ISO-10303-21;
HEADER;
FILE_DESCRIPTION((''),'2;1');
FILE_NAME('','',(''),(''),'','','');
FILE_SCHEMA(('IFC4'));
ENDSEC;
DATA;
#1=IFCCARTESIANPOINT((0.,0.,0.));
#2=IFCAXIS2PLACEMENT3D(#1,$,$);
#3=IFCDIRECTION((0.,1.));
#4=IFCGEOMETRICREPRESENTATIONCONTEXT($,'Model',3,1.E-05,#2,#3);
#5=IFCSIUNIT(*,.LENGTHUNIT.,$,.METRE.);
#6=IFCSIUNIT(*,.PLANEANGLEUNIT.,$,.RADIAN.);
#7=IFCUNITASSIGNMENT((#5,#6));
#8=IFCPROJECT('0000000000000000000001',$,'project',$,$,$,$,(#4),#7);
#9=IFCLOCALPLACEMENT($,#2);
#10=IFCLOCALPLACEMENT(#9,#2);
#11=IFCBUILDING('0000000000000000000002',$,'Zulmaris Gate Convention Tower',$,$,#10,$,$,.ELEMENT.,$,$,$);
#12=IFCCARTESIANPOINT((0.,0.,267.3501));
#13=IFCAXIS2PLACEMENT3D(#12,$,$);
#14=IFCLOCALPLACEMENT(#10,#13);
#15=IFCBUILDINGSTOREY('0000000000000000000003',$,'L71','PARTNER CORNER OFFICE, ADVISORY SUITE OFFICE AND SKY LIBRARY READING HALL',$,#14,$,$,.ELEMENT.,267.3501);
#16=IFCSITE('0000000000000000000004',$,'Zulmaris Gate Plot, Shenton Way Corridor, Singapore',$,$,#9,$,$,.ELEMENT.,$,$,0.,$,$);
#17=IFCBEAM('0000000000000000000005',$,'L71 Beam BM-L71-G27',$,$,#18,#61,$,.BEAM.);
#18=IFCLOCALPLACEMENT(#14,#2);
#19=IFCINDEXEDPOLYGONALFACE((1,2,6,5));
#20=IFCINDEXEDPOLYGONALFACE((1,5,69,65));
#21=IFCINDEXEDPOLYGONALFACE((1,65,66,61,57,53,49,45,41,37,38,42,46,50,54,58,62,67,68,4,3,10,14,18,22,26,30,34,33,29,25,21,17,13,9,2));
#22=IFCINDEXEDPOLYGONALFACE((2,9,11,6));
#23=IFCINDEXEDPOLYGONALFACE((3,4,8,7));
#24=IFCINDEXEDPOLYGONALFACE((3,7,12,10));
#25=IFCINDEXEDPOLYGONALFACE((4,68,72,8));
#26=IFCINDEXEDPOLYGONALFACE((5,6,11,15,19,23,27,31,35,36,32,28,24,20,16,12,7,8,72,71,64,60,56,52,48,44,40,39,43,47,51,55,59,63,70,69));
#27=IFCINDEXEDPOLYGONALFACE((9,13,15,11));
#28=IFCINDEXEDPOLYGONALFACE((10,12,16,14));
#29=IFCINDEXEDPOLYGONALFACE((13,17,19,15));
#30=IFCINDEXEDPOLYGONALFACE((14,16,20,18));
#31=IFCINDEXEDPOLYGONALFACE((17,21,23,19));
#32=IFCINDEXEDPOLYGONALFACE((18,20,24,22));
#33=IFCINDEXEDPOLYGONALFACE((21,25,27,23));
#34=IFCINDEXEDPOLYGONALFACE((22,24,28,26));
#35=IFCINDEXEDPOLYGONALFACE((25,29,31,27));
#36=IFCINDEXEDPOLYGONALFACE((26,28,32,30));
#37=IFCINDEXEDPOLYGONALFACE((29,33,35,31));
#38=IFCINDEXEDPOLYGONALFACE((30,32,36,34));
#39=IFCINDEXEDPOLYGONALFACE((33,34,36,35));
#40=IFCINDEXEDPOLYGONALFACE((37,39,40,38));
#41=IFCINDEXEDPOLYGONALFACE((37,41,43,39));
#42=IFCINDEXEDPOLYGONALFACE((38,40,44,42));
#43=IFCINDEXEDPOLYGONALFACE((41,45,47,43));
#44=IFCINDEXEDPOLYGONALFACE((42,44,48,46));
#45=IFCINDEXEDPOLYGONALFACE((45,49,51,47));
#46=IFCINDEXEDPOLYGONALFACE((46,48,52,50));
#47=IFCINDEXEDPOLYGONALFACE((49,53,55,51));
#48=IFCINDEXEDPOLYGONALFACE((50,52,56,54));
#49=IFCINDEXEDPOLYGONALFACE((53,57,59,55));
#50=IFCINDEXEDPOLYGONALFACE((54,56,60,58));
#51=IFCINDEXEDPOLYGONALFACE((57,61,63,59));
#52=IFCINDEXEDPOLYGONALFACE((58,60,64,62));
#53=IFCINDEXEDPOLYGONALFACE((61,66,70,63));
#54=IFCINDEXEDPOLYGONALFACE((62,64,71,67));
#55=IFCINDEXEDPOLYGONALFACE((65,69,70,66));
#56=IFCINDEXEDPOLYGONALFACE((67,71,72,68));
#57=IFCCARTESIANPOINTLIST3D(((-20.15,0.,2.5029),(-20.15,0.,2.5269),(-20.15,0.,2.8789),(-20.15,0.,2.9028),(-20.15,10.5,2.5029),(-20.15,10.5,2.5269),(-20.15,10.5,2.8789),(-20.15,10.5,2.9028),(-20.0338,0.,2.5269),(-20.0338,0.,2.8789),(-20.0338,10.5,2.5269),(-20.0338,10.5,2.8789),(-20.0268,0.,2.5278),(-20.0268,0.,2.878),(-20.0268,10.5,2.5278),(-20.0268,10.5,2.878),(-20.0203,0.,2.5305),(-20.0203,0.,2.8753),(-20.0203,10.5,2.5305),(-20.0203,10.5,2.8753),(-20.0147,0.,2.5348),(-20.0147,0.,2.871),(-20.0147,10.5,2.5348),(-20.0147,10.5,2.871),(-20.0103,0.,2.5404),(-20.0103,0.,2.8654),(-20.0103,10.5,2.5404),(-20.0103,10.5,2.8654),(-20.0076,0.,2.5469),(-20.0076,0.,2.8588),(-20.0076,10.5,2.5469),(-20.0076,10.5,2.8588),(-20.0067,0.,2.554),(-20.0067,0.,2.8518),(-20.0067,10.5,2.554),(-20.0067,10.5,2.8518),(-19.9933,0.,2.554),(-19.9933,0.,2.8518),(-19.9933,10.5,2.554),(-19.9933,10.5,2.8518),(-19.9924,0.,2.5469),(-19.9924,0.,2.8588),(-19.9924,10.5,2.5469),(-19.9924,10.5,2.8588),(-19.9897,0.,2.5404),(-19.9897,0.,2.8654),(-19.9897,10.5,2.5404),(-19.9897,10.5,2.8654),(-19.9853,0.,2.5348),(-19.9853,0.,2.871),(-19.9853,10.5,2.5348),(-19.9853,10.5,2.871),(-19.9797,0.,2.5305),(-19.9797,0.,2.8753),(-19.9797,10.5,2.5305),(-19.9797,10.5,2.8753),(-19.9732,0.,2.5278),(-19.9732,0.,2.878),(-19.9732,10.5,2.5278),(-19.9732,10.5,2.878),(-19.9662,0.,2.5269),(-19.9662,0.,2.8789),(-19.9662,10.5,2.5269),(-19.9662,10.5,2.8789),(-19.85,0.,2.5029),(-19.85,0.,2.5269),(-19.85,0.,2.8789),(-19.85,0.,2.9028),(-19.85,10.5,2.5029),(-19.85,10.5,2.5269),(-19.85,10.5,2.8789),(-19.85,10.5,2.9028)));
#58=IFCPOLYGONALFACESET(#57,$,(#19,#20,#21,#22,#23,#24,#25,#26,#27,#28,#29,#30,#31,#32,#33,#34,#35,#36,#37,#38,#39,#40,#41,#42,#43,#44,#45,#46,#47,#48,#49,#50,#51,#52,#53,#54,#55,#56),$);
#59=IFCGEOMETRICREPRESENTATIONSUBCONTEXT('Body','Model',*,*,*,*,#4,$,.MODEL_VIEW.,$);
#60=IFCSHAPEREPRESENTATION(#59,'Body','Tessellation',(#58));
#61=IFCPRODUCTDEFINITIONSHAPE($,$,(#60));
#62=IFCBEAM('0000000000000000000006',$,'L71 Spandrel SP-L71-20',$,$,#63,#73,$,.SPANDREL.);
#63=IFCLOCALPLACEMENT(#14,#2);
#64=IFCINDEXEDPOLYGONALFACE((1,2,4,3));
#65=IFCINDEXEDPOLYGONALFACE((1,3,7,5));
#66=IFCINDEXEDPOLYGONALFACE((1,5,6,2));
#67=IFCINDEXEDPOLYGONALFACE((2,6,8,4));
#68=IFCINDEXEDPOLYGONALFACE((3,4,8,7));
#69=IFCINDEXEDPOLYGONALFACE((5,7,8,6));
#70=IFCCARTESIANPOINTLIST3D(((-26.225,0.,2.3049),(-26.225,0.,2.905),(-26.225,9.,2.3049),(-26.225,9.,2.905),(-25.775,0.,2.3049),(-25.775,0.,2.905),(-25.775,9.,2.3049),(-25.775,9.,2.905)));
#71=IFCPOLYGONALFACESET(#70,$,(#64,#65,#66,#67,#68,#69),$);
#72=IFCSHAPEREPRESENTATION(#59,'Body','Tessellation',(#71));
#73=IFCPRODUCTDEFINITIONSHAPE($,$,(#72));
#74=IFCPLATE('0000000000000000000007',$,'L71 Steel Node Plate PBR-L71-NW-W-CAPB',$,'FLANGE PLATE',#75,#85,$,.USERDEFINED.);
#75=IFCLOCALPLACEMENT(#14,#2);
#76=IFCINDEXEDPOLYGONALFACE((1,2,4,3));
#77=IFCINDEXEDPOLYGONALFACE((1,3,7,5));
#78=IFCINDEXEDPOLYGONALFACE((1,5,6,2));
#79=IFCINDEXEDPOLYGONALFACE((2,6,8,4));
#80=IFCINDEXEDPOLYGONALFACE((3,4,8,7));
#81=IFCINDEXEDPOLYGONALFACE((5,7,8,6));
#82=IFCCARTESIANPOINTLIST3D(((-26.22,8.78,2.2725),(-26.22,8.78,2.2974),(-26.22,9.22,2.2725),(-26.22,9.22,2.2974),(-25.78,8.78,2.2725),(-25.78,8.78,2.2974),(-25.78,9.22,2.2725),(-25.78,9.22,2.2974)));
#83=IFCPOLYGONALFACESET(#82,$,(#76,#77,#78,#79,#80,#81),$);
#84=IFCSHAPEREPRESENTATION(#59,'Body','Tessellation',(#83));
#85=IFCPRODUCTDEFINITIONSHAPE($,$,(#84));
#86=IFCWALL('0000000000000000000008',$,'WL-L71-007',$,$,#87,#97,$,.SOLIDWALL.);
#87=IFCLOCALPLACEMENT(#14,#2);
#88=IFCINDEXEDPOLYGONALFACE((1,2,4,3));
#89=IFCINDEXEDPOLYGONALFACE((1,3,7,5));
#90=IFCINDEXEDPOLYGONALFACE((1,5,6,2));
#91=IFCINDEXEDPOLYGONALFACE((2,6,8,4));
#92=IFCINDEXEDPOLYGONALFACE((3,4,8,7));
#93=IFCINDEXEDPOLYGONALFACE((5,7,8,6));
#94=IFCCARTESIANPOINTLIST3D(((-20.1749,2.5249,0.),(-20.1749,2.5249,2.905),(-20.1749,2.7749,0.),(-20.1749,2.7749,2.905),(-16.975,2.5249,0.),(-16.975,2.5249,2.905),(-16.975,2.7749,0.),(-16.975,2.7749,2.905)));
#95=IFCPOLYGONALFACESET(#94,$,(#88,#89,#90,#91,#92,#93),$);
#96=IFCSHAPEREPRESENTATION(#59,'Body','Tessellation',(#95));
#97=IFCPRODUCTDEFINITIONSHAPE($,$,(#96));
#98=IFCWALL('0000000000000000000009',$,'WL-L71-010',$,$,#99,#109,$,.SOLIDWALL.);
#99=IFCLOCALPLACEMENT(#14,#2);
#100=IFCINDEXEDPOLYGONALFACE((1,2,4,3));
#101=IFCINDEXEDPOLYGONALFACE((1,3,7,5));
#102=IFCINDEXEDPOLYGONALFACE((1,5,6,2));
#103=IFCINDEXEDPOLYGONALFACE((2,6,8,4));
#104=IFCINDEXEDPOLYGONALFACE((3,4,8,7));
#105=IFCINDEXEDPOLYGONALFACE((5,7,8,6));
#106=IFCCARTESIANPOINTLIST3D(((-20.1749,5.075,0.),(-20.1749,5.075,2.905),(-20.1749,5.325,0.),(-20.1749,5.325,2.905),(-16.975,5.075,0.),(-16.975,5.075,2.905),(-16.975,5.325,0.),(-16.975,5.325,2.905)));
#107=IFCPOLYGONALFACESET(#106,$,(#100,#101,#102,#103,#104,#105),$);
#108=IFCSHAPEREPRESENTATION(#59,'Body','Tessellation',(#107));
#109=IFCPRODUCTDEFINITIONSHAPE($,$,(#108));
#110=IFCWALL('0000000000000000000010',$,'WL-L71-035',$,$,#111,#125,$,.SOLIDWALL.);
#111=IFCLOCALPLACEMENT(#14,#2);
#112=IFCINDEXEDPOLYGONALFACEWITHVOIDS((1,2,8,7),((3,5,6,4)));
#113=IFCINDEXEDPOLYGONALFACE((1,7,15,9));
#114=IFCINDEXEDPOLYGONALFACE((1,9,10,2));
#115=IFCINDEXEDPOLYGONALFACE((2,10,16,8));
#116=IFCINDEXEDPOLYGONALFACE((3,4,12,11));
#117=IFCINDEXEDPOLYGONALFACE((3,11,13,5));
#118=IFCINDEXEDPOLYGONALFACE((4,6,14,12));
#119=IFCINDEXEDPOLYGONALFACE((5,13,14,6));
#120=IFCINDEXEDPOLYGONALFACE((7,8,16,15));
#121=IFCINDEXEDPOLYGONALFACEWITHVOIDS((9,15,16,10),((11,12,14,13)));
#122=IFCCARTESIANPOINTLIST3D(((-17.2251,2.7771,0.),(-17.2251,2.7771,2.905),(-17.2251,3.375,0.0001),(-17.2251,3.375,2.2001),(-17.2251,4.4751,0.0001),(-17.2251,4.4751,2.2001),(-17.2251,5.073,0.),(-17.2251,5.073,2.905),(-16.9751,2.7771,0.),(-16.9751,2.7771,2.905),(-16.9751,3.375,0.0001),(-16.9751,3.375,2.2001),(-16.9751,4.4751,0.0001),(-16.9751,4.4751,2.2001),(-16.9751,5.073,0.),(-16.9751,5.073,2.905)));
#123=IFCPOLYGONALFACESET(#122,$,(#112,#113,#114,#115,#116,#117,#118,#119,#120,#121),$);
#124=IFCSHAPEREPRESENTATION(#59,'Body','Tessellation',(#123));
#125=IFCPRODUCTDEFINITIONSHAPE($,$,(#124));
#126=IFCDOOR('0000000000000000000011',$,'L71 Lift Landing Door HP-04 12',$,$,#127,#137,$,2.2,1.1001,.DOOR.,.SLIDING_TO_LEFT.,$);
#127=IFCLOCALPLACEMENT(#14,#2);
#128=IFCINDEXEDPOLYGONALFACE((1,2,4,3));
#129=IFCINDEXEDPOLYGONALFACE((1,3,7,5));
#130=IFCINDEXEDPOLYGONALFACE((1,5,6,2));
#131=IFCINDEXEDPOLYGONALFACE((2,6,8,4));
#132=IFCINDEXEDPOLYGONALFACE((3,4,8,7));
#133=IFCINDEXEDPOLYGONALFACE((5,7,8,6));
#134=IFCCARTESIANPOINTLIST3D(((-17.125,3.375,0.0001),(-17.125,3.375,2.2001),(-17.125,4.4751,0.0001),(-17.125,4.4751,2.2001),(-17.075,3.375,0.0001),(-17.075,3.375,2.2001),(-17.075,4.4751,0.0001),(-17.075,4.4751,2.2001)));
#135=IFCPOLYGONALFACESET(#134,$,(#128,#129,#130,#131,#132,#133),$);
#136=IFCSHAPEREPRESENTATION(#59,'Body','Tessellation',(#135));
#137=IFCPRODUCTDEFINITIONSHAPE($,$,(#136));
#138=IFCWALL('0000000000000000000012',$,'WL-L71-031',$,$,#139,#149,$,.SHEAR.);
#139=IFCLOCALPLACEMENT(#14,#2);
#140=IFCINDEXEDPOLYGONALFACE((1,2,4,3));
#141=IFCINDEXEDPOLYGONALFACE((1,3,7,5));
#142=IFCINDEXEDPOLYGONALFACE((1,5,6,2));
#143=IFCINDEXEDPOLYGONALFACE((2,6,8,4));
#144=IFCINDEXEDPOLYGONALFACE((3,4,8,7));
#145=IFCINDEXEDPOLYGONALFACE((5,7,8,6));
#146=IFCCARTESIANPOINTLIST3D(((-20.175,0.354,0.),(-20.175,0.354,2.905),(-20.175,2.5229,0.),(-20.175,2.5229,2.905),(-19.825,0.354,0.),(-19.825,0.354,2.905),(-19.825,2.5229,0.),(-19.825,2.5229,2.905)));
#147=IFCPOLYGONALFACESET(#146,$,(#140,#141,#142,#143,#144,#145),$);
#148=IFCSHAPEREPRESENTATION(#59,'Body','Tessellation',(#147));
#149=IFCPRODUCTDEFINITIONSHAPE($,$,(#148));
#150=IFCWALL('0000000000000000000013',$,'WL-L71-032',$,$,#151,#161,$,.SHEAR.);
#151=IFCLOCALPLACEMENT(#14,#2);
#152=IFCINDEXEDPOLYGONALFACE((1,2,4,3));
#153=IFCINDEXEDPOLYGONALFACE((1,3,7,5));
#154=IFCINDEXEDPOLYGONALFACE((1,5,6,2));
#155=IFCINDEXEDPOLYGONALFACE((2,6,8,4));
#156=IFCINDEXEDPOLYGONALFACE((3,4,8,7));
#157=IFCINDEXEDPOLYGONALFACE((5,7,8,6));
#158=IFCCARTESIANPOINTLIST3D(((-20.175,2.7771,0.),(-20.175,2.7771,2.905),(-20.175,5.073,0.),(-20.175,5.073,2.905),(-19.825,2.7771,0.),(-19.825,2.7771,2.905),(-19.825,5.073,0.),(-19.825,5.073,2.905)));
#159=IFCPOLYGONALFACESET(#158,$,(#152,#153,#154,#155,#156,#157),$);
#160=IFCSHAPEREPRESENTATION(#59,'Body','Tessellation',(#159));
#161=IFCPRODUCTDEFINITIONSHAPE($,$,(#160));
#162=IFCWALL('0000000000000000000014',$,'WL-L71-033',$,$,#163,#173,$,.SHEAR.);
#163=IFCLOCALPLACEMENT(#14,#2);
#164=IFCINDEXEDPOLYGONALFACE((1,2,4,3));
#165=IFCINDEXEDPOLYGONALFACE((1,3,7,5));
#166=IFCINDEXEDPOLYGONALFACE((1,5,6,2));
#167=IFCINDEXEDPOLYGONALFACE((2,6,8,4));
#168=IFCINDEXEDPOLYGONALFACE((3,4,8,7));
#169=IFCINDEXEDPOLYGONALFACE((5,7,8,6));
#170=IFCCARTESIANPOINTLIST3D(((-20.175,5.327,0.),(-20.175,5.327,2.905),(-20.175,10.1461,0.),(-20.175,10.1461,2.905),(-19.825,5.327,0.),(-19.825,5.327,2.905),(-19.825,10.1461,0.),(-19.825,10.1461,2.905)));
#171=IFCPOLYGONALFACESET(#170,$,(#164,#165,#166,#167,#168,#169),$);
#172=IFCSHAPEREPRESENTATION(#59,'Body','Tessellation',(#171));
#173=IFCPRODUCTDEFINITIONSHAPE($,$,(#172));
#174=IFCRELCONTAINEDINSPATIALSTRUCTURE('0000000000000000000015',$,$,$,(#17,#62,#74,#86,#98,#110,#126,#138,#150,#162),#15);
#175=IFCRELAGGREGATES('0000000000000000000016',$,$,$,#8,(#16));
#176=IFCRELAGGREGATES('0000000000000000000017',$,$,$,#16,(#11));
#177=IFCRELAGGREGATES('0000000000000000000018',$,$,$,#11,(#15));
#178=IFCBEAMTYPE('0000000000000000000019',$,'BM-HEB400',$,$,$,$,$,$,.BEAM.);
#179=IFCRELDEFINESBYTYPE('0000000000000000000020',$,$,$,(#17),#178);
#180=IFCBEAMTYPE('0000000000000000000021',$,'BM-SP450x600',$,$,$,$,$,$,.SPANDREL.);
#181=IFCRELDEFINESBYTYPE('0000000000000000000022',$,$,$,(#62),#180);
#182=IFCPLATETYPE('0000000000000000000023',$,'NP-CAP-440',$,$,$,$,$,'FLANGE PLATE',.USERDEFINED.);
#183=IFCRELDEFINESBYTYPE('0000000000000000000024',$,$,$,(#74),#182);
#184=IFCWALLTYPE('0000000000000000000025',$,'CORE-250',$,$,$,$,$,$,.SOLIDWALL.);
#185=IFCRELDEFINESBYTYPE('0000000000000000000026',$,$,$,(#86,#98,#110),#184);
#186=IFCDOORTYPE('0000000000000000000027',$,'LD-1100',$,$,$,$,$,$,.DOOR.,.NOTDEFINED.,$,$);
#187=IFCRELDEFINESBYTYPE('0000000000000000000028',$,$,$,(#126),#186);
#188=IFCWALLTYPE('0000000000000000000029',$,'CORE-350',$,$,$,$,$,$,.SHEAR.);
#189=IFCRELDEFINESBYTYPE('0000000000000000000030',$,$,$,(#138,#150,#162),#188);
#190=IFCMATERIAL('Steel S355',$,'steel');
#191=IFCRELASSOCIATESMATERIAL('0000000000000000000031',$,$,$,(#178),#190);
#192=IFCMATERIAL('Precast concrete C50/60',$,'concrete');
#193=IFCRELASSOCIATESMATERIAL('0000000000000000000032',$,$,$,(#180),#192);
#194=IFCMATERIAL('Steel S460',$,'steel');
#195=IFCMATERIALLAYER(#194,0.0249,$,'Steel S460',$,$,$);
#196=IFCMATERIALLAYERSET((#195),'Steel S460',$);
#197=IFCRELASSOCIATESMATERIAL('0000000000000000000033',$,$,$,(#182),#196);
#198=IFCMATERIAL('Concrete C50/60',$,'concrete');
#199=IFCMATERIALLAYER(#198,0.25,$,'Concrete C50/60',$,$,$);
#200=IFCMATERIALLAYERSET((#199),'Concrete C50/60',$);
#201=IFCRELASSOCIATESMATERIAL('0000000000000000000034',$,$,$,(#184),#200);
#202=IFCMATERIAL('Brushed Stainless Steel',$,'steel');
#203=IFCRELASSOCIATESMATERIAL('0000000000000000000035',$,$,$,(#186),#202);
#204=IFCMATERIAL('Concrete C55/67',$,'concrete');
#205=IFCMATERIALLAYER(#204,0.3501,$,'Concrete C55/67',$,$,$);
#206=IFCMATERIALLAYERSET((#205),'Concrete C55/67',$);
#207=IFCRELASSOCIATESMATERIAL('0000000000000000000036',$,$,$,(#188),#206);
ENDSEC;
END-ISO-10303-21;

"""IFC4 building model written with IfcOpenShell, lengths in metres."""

from ifc_helpers import new_model, si_unit, direction, frame, frame_2d, origin, origin_2d, place, context, subcontext, project, spatial, rectangle, i_section, extrude, material, layer, layer_set, material_profile, profile_set, type_object, element, fill, save


model = new_model("IFC4")

# Units and contexts
model_context = context("Model", 3, precision=1e-05, world=origin(), true_north=direction((0.0, 1.0)))
body_context = subcontext(model_context, "Body", "Model", "MODEL_VIEW")
ifc_project = project(units=[si_unit("LENGTHUNIT", "METRE"), si_unit("PLANEANGLEUNIT", "RADIAN")], contexts=[model_context])

# Site, building, storey
site_placement = place(None, origin())
site = spatial("IfcSite", under=ifc_project, at=site_placement, Name="Zulmaris Gate Plot, Shenton Way Corridor, Singapore", CompositionType="ELEMENT", RefElevation=0.0)
building_placement = place(site_placement, origin())
building = spatial("IfcBuilding", under=site, at=building_placement, Name="Zulmaris Gate Convention Tower", CompositionType="ELEMENT")
storey_placement = place(building_placement, frame((0.0, 0.0, 267.3501)))
storey = spatial("IfcBuildingStorey", under=building, at=storey_placement, Name="L71", Description="PARTNER CORNER OFFICE, ADVISORY SUITE OFFICE AND SKY LIBRARY READING HALL", CompositionType="ELEMENT", Elevation=267.3501)

# Shared definitions
ifc_material_1 = material(Name="Concrete C50/60", Category="concrete")

# Beams
ifc_material_2 = material(Name="Steel S355", Category="steel")
ifc_material_profile_1 = material_profile(ifc_material_2, i_section(OverallWidth=0.3, OverallDepth=0.3999, WebThickness=0.0134, FlangeThickness=0.0239, FilletRadius=0.0271, at=origin_2d()), Name="HEB 400")
ifc_profile_set_1 = profile_set([ifc_material_profile_1], Name="Steel S355")
beam_type_1 = type_object("IfcBeamType", Name="BM-HEB400", PredefinedType="BEAM", material=ifc_profile_set_1)
beam_1_placement = place(storey_placement, frame((-20.0, 0.0, 2.7029), z_axis=(0.0, 1.0, 0.0), x_axis=(-1.0, 0.0, 0.0)))
element("IfcBeam", 1, at=beam_1_placement, inside=storey, type_object=beam_type_1, Name="L71 Beam BM-L71-G27", PredefinedType="BEAM", context=body_context, shape_type="SweptSolid", body=[
    extrude(i_section(OverallWidth=0.3, OverallDepth=0.3999, WebThickness=0.0134, FlangeThickness=0.0239, FilletRadius=0.0271, at=origin_2d()), origin(), (0.0, 0.0, 1.0), 10.5),
])
ifc_material_3 = material(Name="Precast concrete C50/60", Category="concrete")
ifc_material_profile_2 = material_profile(ifc_material_3, rectangle(XDim=0.45, YDim=0.6001, at=origin_2d()), Name="RC SPANDREL 450x600")
ifc_profile_set_2 = profile_set([ifc_material_profile_2], Name="Precast concrete C50/60")
beam_type_2 = type_object("IfcBeamType", Name="BM-SP450x600", PredefinedType="SPANDREL", material=ifc_profile_set_2)
beam_2_placement = place(storey_placement, frame((-26.0, 9.0, 2.605), z_axis=(0.0, -1.0, 0.0), x_axis=(1.0, 0.0, 0.0)))
element("IfcBeam", 2, at=beam_2_placement, inside=storey, type_object=beam_type_2, Name="L71 Spandrel SP-L71-20", PredefinedType="SPANDREL", context=body_context, shape_type="SweptSolid", body=[
    extrude(rectangle(XDim=0.45, YDim=0.6001, at=origin_2d()), origin(), (0.0, 0.0, 1.0), 9.0),
])

# Plate
ifc_material_4 = material(Name="Steel S460", Category="steel")
ifc_layer_1 = layer(ifc_material_4, 0.0249, Name="Steel S460")
ifc_layer_set_1 = layer_set([ifc_layer_1], Name="Steel S460")
plate_type = type_object("IfcPlateType", Name="NP-CAP-440", ElementType="FLANGE PLATE", PredefinedType="USERDEFINED", material=ifc_layer_set_1)
plate_placement = place(storey_placement, frame((-26.0, 9.0, 2.2725), z_axis=(0.0, 0.0, 1.0), x_axis=(1.0, 0.0, 0.0)))
element("IfcPlate", 3, at=plate_placement, inside=storey, type_object=plate_type, Name="L71 Steel Node Plate PBR-L71-NW-W-CAPB", ObjectType="FLANGE PLATE", PredefinedType="USERDEFINED", context=body_context, shape_type="SweptSolid", body=[
    extrude(rectangle(XDim=0.4399, YDim=0.4399, at=origin_2d()), origin(), (0.0, 0.0, 1.0), 0.0249),
])

# Walls
ifc_layer_2 = layer(ifc_material_1, 0.25, Name="Concrete C50/60")
ifc_layer_set_2 = layer_set([ifc_layer_2], Name="Concrete C50/60")
wall_type_1 = type_object("IfcWallType", Name="CORE-250", PredefinedType="SOLIDWALL", material=ifc_layer_set_2)
for number, where, z_axis, x_axis, name in (
    (4, (-20.175, 2.6499, 0.0), (0.0, 0.0, 1.0), (1.0, 0.0, 0.0), "WL-L71-007"),
    (5, (-20.175, 5.2, 0.0), (0.0, 0.0, 1.0), (1.0, 0.0, 0.0), "WL-L71-010"),
):
    element("IfcWall", number, at=place(storey_placement, frame(where, z_axis=z_axis, x_axis=x_axis)), inside=storey, type_object=wall_type_1, Name=name, PredefinedType="SOLIDWALL", context=body_context, shape_type="SweptSolid", body=[
        extrude(rectangle(XDim=3.2, YDim=0.25, at=frame_2d((1.6001, 0.0))), origin(), (0.0, 0.0, 1.0), 2.905),
    ])

# Wall, opening, door
wall_1_placement = place(storey_placement, frame((-17.1001, 2.7771, 0.0), z_axis=(0.0, 0.0, 1.0), x_axis=(0.0, 1.0, 0.0)))
wall_1 = element("IfcWall", 6, at=wall_1_placement, inside=storey, type_object=wall_type_1, Name="WL-L71-035", PredefinedType="SOLIDWALL", context=body_context, shape_type="SweptSolid", body=[
    extrude(rectangle(XDim=2.2959, YDim=0.25, at=frame_2d((1.1479, 0.0))), origin(), (0.0, 0.0, 1.0), 2.905),
])
opening_1_placement = place(wall_1_placement, frame((0.5979, 0.0, 0.0)))
opening_1 = element("IfcOpeningElement", 7, at=opening_1_placement, cuts=wall_1, PredefinedType="OPENING", context=body_context, shape_type="SweptSolid", body=[
    extrude(rectangle(XDim=1.1001, YDim=2.2, at=frame_2d((0.55, 1.1001))), frame((0.0, 0.135, 0.0), z_axis=(0.0, -1.0, 0.0), x_axis=(1.0, 0.0, 0.0)), (0.0, 0.0, 1.0), 0.27),
])
ifc_material_5 = material(Name="Brushed Stainless Steel", Category="steel")
door_type_1 = type_object("IfcDoorType", Name="LD-1100", OperationType="NOTDEFINED", PredefinedType="DOOR", material=ifc_material_5)
door_1_placement = place(opening_1_placement, origin())
door_1 = element("IfcDoor", 8, at=door_1_placement, inside=storey, type_object=door_type_1, Name="L71 Lift Landing Door HP-04 12", OperationType="SLIDING_TO_LEFT", OverallHeight=2.2, OverallWidth=1.1001, PredefinedType="DOOR", context=body_context, shape_type="SweptSolid", body=[
    extrude(rectangle(XDim=1.1001, YDim=2.2, at=frame_2d((0.55, 1.1001))), frame((0.0, 0.0249, 0.0), z_axis=(0.0, -1.0, 0.0), x_axis=(1.0, 0.0, 0.0)), (0.0, 0.0, 1.0), 0.05),
])
fill(opening_1, door_1)

# Walls
ifc_material_6 = material(Name="Concrete C55/67", Category="concrete")
ifc_layer_3 = layer(ifc_material_6, 0.3501, Name="Concrete C55/67")
ifc_layer_set_3 = layer_set([ifc_layer_3], Name="Concrete C55/67")
wall_type_2 = type_object("IfcWallType", Name="CORE-350", PredefinedType="SHEAR", material=ifc_layer_set_3)
wall_2_placement = place(storey_placement, frame((-20.0, 0.354, 0.0), z_axis=(0.0, 0.0, 1.0), x_axis=(0.0, 1.0, 0.0)))
element("IfcWall", 9, at=wall_2_placement, inside=storey, type_object=wall_type_2, Name="WL-L71-031", PredefinedType="SHEAR", context=body_context, shape_type="SweptSolid", body=[
    extrude(rectangle(XDim=2.1689, YDim=0.3501, at=frame_2d((1.0845, 0.0))), origin(), (0.0, 0.0, 1.0), 2.905),
])
wall_3_placement = place(storey_placement, frame((-20.0, 2.7771, 0.0), z_axis=(0.0, 0.0, 1.0), x_axis=(0.0, 1.0, 0.0)))
element("IfcWall", 10, at=wall_3_placement, inside=storey, type_object=wall_type_2, Name="WL-L71-032", PredefinedType="SHEAR", context=body_context, shape_type="SweptSolid", body=[
    extrude(rectangle(XDim=2.2959, YDim=0.3501, at=frame_2d((1.1479, 0.0))), origin(), (0.0, 0.0, 1.0), 2.905),
])
wall_4_placement = place(storey_placement, frame((-20.0, 5.3269, 0.0), z_axis=(0.0, 0.0, 1.0), x_axis=(0.0, 1.0, 0.0)))
element("IfcWall", 11, at=wall_4_placement, inside=storey, type_object=wall_type_2, Name="WL-L71-033", PredefinedType="SHEAR", context=body_context, shape_type="SweptSolid", body=[
    extrude(rectangle(XDim=4.8191, YDim=0.3501, at=frame_2d((2.4097, 0.0))), origin(), (0.0, 0.0, 1.0), 2.905),
])

save(model, "model.ifc")
